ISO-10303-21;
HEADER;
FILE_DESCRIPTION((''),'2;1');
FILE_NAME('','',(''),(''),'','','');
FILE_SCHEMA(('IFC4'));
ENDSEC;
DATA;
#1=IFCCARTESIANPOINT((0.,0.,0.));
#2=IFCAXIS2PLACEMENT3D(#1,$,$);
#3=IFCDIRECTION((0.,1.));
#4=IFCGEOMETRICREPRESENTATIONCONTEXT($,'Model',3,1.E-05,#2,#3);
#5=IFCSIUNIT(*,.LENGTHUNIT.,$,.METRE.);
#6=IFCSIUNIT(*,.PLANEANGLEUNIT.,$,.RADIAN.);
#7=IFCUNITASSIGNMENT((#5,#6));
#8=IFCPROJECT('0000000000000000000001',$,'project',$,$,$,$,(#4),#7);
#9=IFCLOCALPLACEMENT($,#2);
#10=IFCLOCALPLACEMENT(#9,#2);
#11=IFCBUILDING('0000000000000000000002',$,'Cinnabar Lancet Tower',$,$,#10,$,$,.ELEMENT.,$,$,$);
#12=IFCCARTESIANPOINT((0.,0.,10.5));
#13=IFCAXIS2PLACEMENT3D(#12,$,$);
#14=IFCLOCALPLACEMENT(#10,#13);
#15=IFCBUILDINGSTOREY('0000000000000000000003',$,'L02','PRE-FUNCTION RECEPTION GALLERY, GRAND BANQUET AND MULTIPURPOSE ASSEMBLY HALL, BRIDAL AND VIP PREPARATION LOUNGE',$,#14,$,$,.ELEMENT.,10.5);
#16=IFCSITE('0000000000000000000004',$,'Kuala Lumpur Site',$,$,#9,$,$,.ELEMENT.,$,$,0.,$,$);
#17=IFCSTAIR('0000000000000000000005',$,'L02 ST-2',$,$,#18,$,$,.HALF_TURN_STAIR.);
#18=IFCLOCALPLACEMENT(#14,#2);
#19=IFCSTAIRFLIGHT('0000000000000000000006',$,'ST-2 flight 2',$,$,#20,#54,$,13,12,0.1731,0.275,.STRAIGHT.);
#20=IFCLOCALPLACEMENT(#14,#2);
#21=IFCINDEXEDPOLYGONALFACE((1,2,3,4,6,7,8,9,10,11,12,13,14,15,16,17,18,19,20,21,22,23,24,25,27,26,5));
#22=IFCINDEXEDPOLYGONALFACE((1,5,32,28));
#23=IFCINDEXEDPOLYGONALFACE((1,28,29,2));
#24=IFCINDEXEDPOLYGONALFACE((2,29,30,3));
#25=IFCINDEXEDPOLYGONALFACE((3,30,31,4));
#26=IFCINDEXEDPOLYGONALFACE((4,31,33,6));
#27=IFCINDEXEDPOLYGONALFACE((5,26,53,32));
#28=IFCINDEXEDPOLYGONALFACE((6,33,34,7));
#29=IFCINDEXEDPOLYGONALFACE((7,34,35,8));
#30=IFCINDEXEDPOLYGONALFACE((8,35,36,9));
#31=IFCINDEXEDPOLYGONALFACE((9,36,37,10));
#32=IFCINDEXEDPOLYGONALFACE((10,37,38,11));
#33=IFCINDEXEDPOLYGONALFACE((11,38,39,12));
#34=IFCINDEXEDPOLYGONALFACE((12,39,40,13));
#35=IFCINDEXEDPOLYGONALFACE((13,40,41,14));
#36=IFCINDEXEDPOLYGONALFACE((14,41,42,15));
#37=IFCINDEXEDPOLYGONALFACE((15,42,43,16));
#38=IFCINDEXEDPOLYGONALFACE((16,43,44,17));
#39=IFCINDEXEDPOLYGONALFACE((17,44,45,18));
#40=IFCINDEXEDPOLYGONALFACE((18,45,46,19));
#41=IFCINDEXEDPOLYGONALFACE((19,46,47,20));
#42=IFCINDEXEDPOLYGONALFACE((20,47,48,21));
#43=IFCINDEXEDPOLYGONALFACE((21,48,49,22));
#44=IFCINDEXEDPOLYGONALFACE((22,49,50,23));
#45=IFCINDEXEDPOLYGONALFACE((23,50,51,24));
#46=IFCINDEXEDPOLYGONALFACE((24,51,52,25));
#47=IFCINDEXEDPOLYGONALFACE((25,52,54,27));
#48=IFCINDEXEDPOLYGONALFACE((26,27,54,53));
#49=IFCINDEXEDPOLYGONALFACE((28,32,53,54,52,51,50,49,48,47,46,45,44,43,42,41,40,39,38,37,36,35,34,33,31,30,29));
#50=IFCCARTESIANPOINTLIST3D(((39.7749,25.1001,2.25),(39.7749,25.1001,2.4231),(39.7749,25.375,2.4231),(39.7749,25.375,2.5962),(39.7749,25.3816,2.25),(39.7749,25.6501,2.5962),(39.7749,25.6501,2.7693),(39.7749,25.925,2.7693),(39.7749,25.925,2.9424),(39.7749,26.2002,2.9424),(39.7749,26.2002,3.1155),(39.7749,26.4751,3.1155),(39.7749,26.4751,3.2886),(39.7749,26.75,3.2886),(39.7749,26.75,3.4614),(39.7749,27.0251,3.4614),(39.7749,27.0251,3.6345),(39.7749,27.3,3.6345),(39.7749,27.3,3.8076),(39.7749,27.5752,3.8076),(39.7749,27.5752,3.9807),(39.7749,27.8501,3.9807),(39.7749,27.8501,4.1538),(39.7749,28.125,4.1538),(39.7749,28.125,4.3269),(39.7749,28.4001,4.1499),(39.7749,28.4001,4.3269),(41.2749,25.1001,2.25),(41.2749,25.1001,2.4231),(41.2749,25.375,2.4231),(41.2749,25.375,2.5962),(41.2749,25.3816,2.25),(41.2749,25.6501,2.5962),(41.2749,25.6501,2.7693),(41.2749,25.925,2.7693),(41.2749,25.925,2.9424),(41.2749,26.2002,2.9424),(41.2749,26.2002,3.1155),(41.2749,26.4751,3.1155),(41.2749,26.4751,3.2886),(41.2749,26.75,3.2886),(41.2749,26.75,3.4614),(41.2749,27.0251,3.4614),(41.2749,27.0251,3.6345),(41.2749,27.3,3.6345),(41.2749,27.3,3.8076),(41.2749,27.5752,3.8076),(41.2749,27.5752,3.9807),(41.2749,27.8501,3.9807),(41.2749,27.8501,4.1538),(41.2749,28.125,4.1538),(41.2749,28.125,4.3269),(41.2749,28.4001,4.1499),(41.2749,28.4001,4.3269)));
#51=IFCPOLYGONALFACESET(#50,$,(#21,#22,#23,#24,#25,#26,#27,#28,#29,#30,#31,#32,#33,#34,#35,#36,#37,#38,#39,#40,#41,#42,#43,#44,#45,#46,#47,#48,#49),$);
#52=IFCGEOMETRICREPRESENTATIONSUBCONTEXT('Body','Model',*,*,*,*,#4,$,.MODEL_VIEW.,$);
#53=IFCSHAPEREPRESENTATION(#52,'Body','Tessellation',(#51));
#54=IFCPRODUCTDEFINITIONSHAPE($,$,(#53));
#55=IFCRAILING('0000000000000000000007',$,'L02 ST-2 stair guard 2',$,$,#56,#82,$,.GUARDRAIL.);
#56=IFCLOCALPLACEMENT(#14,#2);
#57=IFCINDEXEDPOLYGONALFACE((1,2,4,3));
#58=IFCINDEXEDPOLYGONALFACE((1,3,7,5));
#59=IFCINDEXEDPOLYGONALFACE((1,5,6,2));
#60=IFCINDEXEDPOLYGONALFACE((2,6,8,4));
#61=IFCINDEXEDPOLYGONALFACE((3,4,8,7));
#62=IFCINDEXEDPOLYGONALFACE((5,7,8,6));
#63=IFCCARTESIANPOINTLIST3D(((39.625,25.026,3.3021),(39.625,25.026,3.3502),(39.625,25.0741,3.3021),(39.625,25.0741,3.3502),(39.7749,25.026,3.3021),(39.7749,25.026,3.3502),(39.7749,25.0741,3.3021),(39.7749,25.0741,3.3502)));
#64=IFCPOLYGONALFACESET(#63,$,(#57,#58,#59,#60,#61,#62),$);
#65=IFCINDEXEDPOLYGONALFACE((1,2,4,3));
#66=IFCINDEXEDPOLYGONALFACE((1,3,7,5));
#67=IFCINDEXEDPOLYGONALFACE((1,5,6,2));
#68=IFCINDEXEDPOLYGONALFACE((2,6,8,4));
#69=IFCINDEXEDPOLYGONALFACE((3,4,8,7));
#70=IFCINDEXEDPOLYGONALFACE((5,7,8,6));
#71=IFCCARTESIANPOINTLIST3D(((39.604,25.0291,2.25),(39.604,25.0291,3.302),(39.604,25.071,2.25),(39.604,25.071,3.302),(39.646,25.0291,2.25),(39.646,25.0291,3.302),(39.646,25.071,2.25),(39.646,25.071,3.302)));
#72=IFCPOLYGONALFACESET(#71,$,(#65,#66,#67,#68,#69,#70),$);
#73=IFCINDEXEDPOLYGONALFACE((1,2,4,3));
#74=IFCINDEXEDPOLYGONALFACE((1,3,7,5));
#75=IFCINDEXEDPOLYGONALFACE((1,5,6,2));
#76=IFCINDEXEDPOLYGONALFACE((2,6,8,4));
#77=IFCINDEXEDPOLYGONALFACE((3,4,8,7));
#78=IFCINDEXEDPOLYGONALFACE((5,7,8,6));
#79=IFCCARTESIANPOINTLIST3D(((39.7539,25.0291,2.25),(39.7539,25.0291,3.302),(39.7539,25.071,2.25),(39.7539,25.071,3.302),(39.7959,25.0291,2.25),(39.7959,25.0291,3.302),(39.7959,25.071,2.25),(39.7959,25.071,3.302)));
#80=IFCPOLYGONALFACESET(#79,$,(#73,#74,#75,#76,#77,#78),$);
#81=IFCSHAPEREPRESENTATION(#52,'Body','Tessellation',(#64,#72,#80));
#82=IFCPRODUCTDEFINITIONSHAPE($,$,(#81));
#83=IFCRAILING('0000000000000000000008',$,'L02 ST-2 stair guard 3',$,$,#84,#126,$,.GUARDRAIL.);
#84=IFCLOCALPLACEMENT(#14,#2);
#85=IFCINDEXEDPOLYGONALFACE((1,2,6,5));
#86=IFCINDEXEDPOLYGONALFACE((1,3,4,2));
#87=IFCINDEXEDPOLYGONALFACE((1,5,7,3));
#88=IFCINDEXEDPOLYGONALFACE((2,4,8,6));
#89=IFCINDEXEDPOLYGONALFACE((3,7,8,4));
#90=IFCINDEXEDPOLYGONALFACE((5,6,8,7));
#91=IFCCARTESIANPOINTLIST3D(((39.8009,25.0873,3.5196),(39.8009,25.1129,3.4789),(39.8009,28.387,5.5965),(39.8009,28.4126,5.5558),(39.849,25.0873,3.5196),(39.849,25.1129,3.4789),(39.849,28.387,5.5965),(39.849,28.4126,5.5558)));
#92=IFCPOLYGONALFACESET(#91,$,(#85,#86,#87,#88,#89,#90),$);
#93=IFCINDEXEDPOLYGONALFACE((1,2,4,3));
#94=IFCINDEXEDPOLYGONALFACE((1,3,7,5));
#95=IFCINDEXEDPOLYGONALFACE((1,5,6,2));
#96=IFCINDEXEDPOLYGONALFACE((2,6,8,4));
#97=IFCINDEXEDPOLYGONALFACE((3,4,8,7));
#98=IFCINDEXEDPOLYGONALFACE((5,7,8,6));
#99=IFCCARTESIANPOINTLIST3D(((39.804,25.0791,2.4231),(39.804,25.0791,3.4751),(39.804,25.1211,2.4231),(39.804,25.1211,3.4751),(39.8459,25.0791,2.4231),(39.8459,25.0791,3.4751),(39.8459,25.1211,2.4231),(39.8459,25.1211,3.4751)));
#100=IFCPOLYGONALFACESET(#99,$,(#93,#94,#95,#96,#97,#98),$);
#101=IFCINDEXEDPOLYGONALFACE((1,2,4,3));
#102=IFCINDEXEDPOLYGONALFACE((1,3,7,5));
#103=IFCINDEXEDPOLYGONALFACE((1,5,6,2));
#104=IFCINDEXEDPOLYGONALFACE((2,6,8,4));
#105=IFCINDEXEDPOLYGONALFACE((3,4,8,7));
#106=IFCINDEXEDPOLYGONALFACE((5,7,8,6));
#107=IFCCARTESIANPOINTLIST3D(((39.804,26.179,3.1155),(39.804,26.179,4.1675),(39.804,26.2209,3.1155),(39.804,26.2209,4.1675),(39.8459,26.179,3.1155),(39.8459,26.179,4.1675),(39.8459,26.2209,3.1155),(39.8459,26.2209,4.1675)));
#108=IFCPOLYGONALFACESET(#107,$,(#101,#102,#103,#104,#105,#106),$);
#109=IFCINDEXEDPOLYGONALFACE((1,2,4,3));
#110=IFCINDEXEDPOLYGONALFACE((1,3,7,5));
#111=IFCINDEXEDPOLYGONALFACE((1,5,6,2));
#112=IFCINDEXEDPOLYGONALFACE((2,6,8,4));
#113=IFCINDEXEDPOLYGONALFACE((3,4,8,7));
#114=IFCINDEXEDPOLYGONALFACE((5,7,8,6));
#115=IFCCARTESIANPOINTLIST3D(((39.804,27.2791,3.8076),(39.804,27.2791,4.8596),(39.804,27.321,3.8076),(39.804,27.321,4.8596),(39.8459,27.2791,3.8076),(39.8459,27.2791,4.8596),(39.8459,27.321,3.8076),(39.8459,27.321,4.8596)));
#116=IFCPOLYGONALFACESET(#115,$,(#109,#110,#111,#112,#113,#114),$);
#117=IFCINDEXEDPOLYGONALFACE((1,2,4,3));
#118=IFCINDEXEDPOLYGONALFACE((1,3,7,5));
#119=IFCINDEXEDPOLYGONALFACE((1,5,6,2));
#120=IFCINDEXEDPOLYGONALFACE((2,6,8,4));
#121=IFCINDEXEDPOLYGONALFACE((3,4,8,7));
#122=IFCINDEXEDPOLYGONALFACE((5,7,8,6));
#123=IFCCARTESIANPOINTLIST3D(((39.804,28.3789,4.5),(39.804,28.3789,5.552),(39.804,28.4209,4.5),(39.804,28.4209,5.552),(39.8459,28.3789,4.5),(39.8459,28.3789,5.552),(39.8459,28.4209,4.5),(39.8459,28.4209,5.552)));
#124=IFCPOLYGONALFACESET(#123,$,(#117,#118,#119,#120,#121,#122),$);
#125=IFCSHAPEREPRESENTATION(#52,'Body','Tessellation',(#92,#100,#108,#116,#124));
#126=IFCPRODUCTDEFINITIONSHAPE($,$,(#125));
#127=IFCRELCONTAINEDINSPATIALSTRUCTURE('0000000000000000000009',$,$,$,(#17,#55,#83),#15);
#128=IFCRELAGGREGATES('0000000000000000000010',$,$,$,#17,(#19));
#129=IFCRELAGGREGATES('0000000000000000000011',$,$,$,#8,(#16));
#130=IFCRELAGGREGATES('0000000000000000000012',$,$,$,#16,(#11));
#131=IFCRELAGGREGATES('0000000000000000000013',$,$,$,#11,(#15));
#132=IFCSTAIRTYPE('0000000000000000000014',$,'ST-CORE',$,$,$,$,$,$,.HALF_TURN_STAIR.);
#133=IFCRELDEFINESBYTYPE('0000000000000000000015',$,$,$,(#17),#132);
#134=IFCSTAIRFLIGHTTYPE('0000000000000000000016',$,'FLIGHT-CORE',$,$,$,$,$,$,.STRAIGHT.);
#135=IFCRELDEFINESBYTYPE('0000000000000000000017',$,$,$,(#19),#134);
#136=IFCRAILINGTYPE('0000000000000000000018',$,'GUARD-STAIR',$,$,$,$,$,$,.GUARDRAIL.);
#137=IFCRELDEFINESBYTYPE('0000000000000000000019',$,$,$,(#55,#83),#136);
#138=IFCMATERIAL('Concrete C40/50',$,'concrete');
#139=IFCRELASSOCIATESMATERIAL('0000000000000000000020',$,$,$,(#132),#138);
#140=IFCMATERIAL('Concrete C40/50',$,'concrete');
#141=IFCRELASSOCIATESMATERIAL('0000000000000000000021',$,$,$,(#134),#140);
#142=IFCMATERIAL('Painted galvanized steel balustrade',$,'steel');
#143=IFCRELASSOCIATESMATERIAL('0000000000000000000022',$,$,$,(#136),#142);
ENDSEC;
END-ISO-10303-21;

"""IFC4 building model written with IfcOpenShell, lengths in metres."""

from ifc_helpers import new_model, si_unit, direction, frame, origin, origin_2d, place, context, subcontext, project, spatial, polyline, rectangle, outline, extrude, material, type_object, element, aggregate, save


model = new_model("IFC4")

# Units and contexts
model_context = context("Model", 3, precision=1e-05, world=origin(), true_north=direction((0.0, 1.0)))
body_context = subcontext(model_context, "Body", "Model", "MODEL_VIEW")
ifc_project = project(units=[si_unit("LENGTHUNIT", "METRE"), si_unit("PLANEANGLEUNIT", "RADIAN")], contexts=[model_context])

# Site, building, storey
site_placement = place(None, origin())
site = spatial("IfcSite", under=ifc_project, at=site_placement, Name="Kuala Lumpur Site", CompositionType="ELEMENT", RefElevation=0.0)
building_placement = place(site_placement, origin())
building = spatial("IfcBuilding", under=site, at=building_placement, Name="Cinnabar Lancet Tower", CompositionType="ELEMENT")
storey_placement = place(building_placement, frame((0.0, 0.0, 10.5)))
storey = spatial("IfcBuildingStorey", under=building, at=storey_placement, Name="L02", Description="PRE-FUNCTION RECEPTION GALLERY, GRAND BANQUET AND MULTIPURPOSE ASSEMBLY HALL, BRIDAL AND VIP PREPARATION LOUNGE", CompositionType="ELEMENT", Elevation=10.5)

# Stair, stair flight
ifc_material_1 = material(Name="Concrete C40/50", Category="concrete")
stair_type = type_object("IfcStairType", Name="ST-CORE", PredefinedType="HALF_TURN_STAIR", material=ifc_material_1)
stair_placement = place(storey_placement, origin())
stair = element("IfcStair", 1, at=stair_placement, inside=storey, type_object=stair_type, Name="L02 ST-2", PredefinedType="HALF_TURN_STAIR")
ifc_material_2 = material(Name="Concrete C40/50", Category="concrete")
stair_flight_type = type_object("IfcStairFlightType", Name="FLIGHT-CORE", PredefinedType="STRAIGHT", material=ifc_material_2)
stair_flight_placement = place(storey_placement, frame((40.5249, 25.1001, 2.25), z_axis=(0.0, 0.0, 1.0), x_axis=(0.0, 1.0, 0.0)))
stair_flight = element("IfcStairFlight", 2, at=stair_flight_placement, type_object=stair_flight_type, Name="ST-2 flight 2", NumberOfRisers=13, NumberOfTreads=12, PredefinedType="STRAIGHT", RiserHeight=0.1731, TreadLength=0.275, context=body_context, shape_type="SweptSolid", body=[
    extrude(outline(polyline([(0.0, 0.0), (0.0, 0.1731), (0.2749, 0.1731), (0.2749, 0.3462), (0.55, 0.3462), (0.55, 0.5193), (0.825, 0.5193), (0.825, 0.6924), (1.1001, 0.6924), (1.1001, 0.8655), (1.375, 0.8655), (1.375, 1.0386), (1.6499, 1.0386), (1.6499, 1.2114), (1.925, 1.2114), (1.925, 1.3845), (2.2, 1.3845), (2.2, 1.5576), (2.4751, 1.5576), (2.4751, 1.7307), (2.75, 1.7307), (2.75, 1.9038), (3.0249, 1.9038), (3.0249, 2.0769), (3.3, 2.0769), (3.3, 2.25), (3.3, 1.8999), (0.2815, 0.0), (0.0, 0.0)])), frame((0.0, 0.75, 0.0), z_axis=(0.0, -1.0, 0.0), x_axis=(1.0, 0.0, 0.0)), (0.0, 0.0, 1.0), 1.5),
])
aggregate(stair, [stair_flight])

# Railings
ifc_material_3 = material(Name="Painted galvanized steel balustrade", Category="steel")
railing_type = type_object("IfcRailingType", Name="GUARD-STAIR", PredefinedType="GUARDRAIL", material=ifc_material_3)
railing_1_placement = place(storey_placement, frame((39.625, 25.05, 2.25)))
element("IfcRailing", 3, at=railing_1_placement, inside=storey, type_object=railing_type, Name="L02 ST-2 stair guard 2", PredefinedType="GUARDRAIL", context=body_context, shape_type="SweptSolid", body=[
    extrude(rectangle(XDim=0.0481, YDim=0.0481, at=origin_2d()), frame((0.0, 0.0, 1.0762), z_axis=(1.0, 0.0, 0.0), x_axis=(0.0, 1.0, 0.0)), (0.0, 0.0, 1.0), 0.1499),
    extrude(rectangle(XDim=0.042, YDim=0.042, at=origin_2d()), origin(), (0.0, 0.0, 1.0), 1.052),
    extrude(rectangle(XDim=0.042, YDim=0.042, at=origin_2d()), frame((0.1499, 0.0, 0.0)), (0.0, 0.0, 1.0), 1.052),
])
railing_2_placement = place(storey_placement, frame((39.825, 25.1001, 2.4231)))
element("IfcRailing", 4, at=railing_2_placement, inside=storey, type_object=railing_type, Name="L02 ST-2 stair guard 3", PredefinedType="GUARDRAIL", context=body_context, shape_type="SweptSolid", body=[
    extrude(rectangle(XDim=0.0481, YDim=0.0481, at=origin_2d()), frame((0.0, 0.0, 1.0762), z_axis=(0.0, 0.84632, 0.532675), x_axis=(-1.0, 0.0, 0.0)), (0.0, 0.0, 1.0), 3.8989),
    extrude(rectangle(XDim=0.042, YDim=0.042, at=origin_2d()), origin(), (0.0, 0.0, 1.0), 1.052),
    extrude(rectangle(XDim=0.042, YDim=0.042, at=origin_2d()), frame((0.0, 1.0999, 0.6924)), (0.0, 0.0, 1.0), 1.052),
    extrude(rectangle(XDim=0.042, YDim=0.042, at=origin_2d()), frame((0.0, 2.2, 1.3845)), (0.0, 0.0, 1.0), 1.052),
    extrude(rectangle(XDim=0.042, YDim=0.042, at=origin_2d()), frame((0.0, 3.2998, 2.0769)), (0.0, 0.0, 1.0), 1.052),
])

save(model, "model.ifc")
